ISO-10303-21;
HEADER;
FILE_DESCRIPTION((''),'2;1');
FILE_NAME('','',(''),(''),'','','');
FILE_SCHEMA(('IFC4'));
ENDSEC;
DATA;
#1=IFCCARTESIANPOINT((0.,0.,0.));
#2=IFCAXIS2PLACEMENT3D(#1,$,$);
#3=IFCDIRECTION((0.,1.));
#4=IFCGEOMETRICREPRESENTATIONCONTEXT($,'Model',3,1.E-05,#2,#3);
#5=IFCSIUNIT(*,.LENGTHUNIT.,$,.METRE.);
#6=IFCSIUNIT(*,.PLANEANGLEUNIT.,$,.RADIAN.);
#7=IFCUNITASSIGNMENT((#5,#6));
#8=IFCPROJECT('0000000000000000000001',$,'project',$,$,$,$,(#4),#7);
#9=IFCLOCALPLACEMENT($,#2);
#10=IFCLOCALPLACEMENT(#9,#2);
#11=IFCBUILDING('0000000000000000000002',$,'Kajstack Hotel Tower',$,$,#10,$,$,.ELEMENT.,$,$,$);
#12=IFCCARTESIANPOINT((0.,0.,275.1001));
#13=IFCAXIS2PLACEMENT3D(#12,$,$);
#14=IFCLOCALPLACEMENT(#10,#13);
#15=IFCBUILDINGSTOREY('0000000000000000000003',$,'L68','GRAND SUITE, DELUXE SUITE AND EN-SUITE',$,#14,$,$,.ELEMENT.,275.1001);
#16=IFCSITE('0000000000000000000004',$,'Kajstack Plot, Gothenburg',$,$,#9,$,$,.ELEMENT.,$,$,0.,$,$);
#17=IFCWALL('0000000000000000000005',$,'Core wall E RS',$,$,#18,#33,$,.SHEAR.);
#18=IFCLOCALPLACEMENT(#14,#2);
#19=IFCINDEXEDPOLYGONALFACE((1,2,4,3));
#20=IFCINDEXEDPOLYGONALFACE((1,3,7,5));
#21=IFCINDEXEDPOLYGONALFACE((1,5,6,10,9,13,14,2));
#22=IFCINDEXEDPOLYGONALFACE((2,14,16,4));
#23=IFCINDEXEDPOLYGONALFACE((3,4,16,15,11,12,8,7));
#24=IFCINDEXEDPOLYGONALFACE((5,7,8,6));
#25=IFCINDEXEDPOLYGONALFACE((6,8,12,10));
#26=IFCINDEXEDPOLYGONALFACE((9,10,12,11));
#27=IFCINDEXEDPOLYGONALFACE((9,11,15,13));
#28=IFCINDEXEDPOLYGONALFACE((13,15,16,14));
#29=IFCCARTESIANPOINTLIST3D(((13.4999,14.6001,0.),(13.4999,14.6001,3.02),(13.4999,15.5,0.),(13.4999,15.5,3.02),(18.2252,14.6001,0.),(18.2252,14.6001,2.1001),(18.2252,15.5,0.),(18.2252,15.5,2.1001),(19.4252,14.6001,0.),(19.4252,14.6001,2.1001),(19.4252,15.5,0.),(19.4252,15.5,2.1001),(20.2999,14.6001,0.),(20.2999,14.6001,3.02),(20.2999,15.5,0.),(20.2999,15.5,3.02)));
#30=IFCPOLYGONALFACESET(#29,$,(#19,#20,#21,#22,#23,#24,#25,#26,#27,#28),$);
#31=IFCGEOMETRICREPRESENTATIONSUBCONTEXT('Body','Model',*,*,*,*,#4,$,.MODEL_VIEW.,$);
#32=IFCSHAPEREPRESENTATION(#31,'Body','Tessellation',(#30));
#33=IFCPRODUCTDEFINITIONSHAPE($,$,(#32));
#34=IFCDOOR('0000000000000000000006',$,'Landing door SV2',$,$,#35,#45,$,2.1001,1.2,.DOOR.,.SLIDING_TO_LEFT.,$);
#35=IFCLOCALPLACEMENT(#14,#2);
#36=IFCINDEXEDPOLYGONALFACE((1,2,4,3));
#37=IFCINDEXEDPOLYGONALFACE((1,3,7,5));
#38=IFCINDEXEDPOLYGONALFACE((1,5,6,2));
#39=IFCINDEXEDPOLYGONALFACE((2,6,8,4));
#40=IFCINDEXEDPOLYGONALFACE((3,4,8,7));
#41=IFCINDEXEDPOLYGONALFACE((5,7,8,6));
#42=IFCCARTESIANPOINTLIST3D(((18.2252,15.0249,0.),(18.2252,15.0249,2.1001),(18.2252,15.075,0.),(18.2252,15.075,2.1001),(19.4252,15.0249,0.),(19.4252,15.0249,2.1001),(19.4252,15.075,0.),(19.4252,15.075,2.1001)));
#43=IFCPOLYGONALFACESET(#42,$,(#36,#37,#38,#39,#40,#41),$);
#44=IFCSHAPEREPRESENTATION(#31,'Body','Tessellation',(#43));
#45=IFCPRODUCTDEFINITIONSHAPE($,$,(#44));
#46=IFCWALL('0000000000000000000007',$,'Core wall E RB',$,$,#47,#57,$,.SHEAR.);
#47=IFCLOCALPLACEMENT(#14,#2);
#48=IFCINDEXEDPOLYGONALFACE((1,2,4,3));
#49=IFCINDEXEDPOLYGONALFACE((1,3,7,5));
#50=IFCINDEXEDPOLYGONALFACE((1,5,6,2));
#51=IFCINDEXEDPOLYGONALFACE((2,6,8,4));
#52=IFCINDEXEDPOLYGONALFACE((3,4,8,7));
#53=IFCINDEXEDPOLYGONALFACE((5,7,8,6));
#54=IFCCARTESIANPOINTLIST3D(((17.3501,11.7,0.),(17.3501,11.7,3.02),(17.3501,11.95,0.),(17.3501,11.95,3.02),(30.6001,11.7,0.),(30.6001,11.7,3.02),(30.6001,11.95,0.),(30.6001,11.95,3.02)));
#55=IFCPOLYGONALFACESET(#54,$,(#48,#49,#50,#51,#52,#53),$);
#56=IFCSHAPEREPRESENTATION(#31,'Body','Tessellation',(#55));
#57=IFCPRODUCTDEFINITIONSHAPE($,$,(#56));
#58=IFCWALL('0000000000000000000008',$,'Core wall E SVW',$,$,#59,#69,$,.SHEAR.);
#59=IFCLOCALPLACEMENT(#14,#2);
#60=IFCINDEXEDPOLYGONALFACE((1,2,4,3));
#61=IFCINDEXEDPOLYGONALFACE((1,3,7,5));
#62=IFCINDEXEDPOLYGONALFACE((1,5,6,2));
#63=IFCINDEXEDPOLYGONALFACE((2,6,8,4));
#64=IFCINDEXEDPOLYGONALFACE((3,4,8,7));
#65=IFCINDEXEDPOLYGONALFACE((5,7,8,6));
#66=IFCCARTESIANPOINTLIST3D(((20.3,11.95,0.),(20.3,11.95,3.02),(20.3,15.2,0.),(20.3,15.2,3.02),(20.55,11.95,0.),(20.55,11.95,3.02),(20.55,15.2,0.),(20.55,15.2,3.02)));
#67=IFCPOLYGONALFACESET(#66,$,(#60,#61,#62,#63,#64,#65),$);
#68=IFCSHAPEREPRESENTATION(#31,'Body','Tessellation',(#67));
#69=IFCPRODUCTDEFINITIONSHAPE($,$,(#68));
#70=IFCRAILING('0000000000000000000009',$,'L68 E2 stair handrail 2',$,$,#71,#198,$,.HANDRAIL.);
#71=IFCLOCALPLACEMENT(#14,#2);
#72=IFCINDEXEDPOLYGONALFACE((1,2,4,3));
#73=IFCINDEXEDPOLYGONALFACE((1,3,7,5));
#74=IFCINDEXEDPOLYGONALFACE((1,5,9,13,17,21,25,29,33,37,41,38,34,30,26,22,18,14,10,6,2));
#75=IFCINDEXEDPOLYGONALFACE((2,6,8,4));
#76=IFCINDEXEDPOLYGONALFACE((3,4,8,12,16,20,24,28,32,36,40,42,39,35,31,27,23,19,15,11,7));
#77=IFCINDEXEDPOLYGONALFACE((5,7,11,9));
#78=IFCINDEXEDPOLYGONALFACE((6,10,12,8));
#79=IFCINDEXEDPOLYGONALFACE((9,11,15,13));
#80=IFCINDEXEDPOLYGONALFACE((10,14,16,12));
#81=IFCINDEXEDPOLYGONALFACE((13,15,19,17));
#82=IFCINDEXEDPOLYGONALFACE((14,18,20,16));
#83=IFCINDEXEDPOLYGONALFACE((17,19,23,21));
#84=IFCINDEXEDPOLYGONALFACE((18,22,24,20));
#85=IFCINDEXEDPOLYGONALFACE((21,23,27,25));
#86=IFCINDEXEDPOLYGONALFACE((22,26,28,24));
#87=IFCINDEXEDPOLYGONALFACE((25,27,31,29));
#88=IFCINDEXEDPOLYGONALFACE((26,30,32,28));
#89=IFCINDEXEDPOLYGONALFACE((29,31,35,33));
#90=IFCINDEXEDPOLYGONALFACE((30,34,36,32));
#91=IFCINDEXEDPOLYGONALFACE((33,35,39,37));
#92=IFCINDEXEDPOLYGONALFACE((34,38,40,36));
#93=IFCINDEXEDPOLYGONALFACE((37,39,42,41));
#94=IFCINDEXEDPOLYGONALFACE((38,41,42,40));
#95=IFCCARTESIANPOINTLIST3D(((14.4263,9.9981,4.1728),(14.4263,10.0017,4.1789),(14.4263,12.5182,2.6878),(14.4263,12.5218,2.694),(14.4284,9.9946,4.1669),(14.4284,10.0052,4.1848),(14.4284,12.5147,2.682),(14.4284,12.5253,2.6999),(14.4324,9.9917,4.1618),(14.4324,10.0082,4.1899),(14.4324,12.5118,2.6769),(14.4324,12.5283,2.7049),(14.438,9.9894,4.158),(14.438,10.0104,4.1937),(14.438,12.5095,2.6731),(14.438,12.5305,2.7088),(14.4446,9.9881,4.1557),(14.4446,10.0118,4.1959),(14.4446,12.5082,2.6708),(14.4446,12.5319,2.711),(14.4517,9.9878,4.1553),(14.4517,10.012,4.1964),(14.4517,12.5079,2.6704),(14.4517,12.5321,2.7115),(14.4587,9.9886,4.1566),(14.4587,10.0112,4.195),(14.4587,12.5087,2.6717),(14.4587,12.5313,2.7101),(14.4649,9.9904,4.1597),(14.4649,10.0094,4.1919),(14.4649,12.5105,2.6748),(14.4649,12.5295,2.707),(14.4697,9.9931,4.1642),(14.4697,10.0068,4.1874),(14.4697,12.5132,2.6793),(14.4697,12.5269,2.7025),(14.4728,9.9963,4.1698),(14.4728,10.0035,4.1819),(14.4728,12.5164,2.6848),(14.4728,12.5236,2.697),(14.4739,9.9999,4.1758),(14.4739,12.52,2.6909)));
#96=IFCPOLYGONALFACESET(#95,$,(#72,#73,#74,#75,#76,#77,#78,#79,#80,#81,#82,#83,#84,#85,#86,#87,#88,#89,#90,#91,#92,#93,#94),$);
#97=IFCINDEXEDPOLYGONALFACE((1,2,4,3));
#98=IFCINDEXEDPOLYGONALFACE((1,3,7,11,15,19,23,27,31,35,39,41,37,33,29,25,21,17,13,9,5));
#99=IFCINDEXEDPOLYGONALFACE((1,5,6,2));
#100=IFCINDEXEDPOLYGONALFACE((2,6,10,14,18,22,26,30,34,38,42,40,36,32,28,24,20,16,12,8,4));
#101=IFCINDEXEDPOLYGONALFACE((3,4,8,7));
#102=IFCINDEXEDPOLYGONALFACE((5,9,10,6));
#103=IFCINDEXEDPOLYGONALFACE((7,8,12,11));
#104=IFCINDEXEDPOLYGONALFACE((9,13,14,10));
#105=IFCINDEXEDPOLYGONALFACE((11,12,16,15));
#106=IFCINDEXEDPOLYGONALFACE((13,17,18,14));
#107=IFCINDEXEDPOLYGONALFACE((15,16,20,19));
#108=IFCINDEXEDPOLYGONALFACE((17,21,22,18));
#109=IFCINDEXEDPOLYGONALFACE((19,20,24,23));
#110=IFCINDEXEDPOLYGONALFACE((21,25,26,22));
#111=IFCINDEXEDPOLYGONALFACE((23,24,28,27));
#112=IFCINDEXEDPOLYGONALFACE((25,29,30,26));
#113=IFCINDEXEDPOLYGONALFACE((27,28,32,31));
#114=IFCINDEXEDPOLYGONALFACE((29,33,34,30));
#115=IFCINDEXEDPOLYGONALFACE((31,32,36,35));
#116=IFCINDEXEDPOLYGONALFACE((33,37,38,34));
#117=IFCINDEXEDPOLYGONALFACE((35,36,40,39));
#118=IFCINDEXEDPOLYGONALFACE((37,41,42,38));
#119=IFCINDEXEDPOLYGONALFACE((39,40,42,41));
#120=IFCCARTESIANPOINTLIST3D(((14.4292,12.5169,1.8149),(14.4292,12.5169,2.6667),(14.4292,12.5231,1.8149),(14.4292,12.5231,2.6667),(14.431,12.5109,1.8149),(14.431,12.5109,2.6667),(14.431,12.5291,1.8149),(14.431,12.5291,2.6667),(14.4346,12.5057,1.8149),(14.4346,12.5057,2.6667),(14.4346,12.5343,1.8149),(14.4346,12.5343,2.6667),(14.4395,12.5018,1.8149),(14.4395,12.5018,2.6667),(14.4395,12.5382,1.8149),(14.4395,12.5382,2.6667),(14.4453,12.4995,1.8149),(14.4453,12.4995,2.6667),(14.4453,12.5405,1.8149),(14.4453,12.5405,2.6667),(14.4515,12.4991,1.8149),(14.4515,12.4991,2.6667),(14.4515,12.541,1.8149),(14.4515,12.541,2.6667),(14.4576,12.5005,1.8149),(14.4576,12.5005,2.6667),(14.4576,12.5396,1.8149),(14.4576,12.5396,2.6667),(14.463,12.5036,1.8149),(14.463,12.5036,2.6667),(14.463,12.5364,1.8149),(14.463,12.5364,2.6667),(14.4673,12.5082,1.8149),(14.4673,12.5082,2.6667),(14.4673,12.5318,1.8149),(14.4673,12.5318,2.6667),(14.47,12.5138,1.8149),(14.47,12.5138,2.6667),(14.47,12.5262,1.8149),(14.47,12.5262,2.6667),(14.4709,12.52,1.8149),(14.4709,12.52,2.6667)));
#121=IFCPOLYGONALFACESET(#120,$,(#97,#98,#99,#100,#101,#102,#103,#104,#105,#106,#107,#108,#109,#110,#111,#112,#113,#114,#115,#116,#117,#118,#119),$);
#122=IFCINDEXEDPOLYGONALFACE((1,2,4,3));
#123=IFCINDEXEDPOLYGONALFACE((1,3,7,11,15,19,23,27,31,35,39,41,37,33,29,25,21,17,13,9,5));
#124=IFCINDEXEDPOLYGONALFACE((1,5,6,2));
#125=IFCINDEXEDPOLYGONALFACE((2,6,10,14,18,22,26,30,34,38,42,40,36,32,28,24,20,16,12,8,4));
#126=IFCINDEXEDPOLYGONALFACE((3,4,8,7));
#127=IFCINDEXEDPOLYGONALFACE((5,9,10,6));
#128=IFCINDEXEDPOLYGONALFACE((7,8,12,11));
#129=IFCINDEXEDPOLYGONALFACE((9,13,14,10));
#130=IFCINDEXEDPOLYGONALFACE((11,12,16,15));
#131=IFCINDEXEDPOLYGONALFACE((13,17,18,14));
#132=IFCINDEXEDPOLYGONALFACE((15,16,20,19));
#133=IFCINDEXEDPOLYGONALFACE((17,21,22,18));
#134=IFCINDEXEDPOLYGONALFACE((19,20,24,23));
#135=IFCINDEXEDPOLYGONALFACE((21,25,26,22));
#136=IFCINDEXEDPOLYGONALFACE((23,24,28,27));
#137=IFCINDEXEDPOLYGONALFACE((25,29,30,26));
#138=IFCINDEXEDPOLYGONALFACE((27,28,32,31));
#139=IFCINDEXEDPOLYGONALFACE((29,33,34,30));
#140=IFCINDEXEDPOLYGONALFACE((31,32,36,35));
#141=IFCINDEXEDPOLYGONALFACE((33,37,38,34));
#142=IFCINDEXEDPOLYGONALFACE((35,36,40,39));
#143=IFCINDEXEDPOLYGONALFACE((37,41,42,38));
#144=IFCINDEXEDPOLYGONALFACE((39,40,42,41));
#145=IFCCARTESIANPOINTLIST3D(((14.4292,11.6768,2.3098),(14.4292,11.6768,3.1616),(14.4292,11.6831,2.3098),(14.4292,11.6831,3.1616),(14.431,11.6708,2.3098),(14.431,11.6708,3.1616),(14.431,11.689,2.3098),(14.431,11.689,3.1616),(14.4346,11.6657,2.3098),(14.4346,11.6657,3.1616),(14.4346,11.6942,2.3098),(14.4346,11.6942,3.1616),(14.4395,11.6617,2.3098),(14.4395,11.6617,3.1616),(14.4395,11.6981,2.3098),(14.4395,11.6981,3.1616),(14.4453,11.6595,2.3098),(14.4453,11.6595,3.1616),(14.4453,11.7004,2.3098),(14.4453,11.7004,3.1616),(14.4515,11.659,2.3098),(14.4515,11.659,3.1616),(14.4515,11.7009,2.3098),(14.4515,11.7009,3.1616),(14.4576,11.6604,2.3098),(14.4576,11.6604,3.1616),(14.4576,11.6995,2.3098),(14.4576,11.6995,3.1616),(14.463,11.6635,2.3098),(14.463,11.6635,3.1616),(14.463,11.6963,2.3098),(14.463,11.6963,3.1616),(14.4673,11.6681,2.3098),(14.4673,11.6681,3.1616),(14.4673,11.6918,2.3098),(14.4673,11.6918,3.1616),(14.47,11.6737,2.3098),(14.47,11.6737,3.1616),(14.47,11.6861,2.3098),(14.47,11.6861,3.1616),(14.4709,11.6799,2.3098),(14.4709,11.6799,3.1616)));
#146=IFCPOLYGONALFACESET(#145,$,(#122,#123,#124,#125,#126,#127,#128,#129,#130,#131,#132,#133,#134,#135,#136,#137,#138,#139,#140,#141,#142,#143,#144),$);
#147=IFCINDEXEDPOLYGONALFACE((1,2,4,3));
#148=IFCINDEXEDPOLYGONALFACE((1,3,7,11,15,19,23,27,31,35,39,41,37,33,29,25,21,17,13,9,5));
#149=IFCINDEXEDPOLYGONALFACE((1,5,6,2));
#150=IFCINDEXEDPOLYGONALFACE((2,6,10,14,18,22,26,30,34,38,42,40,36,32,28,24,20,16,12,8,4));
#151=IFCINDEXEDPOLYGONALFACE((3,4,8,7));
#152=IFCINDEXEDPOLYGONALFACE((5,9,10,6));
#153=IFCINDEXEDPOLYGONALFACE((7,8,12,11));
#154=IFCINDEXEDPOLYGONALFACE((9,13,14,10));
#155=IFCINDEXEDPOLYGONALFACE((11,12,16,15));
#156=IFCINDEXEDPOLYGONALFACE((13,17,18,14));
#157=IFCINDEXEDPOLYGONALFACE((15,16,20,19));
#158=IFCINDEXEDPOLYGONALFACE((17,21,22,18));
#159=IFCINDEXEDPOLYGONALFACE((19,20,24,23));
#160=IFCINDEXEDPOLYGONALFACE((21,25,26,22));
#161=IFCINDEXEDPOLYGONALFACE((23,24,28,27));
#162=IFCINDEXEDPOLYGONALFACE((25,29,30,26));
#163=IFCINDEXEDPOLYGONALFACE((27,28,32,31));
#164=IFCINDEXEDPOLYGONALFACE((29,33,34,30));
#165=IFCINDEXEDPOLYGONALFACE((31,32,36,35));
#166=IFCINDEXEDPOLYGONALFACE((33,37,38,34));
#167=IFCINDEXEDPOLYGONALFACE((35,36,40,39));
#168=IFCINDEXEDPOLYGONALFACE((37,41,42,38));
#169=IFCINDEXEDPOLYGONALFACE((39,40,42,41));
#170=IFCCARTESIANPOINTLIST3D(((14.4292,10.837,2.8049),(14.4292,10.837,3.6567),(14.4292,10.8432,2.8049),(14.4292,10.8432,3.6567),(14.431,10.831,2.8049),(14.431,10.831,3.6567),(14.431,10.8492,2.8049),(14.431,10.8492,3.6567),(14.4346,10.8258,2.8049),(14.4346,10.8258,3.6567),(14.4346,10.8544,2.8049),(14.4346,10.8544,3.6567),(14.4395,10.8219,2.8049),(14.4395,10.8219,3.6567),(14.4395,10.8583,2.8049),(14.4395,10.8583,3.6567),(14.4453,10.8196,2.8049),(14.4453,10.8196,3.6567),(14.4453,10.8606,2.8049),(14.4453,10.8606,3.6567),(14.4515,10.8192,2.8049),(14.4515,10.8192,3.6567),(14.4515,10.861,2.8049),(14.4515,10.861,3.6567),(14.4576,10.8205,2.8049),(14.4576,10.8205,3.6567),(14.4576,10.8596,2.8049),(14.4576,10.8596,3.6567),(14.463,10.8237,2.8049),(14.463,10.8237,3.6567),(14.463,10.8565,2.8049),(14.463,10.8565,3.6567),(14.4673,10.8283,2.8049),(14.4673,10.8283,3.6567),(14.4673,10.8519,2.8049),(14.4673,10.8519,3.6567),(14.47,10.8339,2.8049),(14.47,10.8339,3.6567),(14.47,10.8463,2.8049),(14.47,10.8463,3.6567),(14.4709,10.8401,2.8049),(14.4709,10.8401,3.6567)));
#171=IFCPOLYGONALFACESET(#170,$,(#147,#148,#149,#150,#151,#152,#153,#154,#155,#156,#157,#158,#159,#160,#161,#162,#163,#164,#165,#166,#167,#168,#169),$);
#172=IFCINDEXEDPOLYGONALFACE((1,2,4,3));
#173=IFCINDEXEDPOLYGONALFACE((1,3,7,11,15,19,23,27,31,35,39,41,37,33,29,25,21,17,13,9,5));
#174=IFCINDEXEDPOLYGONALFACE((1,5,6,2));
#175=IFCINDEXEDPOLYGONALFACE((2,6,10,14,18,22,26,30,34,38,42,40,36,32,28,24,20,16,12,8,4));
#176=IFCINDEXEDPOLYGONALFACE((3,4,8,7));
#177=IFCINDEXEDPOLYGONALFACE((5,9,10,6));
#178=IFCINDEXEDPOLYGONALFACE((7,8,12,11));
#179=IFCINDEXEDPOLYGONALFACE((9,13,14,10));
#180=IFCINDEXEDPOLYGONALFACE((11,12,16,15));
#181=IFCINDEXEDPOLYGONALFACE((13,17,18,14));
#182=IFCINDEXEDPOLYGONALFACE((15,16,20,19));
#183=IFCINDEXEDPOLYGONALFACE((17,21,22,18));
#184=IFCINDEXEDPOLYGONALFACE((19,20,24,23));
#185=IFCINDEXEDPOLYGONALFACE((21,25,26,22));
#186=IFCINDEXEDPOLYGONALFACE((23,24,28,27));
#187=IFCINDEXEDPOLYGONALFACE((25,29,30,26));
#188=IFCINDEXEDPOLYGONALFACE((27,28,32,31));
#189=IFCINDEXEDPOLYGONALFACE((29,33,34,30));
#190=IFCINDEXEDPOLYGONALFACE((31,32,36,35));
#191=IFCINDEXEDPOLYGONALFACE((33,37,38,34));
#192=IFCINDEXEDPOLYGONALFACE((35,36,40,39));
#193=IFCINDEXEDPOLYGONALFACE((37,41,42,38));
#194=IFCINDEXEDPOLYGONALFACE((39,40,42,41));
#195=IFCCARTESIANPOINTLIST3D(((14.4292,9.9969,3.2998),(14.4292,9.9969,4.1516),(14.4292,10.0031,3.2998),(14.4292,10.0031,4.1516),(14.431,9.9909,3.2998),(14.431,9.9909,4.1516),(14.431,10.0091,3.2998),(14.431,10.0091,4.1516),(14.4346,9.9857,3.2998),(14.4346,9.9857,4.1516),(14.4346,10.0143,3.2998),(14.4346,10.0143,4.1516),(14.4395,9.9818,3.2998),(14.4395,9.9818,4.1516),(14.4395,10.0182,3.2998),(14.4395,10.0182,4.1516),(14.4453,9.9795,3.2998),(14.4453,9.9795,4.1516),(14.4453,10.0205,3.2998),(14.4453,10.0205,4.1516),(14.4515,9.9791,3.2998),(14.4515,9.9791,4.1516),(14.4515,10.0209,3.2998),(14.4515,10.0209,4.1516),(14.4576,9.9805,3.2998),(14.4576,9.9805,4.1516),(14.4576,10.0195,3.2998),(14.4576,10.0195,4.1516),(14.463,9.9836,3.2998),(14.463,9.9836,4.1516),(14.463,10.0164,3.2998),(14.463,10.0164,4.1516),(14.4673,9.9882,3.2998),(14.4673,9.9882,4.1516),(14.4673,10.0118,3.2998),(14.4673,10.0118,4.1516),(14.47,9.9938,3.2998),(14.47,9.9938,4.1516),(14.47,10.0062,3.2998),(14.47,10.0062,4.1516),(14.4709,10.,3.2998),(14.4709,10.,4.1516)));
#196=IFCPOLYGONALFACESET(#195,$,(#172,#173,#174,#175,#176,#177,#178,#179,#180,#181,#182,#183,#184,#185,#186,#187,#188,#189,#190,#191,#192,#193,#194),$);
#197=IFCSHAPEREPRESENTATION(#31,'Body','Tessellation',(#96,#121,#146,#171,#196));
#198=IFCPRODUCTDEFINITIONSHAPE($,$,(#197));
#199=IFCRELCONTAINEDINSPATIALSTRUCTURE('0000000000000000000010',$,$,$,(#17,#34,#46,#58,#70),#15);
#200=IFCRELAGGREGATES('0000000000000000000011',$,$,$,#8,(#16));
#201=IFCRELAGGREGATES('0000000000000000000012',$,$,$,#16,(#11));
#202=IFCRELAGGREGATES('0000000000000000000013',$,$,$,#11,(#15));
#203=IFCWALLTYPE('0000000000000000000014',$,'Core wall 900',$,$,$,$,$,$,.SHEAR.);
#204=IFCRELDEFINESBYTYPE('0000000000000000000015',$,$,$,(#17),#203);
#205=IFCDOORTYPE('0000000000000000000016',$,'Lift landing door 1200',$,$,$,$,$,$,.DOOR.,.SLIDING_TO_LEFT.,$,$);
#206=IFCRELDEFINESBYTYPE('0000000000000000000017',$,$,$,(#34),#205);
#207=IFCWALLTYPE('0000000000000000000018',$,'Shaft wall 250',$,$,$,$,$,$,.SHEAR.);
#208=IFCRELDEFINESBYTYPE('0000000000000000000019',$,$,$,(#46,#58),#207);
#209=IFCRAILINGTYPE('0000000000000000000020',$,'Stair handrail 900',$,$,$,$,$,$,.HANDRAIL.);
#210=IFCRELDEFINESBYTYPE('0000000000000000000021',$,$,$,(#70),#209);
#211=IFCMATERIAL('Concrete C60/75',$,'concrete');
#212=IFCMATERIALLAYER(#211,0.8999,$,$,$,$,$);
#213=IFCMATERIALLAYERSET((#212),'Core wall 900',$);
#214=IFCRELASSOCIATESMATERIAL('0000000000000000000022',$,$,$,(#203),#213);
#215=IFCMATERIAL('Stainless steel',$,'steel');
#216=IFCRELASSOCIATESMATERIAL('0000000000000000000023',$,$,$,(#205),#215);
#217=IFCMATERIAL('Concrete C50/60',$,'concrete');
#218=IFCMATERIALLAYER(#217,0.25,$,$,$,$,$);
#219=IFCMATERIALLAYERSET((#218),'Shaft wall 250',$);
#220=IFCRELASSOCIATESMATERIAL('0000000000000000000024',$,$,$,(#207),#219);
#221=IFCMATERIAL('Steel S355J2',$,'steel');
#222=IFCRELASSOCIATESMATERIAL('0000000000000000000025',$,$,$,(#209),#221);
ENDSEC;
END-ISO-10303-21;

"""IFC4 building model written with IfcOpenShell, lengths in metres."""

from ifc_helpers import new_model, si_unit, direction, frame, frame_2d, origin, origin_2d, place, context, subcontext, project, spatial, rectangle, circle, extrude, material, layer, layer_set, type_object, element, fill, save


model = new_model("IFC4")

# Units and contexts
model_context = context("Model", 3, precision=1e-05, world=origin(), true_north=direction((0.0, 1.0)))
body_context = subcontext(model_context, "Body", "Model", "MODEL_VIEW")
ifc_project = project(units=[si_unit("LENGTHUNIT", "METRE"), si_unit("PLANEANGLEUNIT", "RADIAN")], contexts=[model_context])

# Site, building, storey
site_placement = place(None, origin())
site = spatial("IfcSite", under=ifc_project, at=site_placement, Name="Kajstack Plot, Gothenburg", CompositionType="ELEMENT", RefElevation=0.0)
building_placement = place(site_placement, origin())
building = spatial("IfcBuilding", under=site, at=building_placement, Name="Kajstack Hotel Tower", CompositionType="ELEMENT")
storey_placement = place(building_placement, frame((0.0, 0.0, 275.1001)))
storey = spatial("IfcBuildingStorey", under=building, at=storey_placement, Name="L68", Description="GRAND SUITE, DELUXE SUITE AND EN-SUITE", CompositionType="ELEMENT", Elevation=275.1001)

# Wall, opening, door
ifc_material_1 = material(Name="Concrete C60/75", Category="concrete")
ifc_layer_1 = layer(ifc_material_1, 0.8999)
ifc_layer_set_1 = layer_set([ifc_layer_1], Name="Core wall 900")
wall_type_1 = type_object("IfcWallType", Name="Core wall 900", PredefinedType="SHEAR", material=ifc_layer_set_1)
wall_1_placement = place(storey_placement, frame((13.5, 15.05, 0.0), z_axis=(0.0, 0.0, 1.0), x_axis=(1.0, 0.0, 0.0)))
wall_1 = element("IfcWall", 1, at=wall_1_placement, inside=storey, type_object=wall_type_1, Name="Core wall E RS", PredefinedType="SHEAR", context=body_context, shape_type="SweptSolid", body=[
    extrude(rectangle(XDim=6.8, YDim=0.8999, at=frame_2d((3.3999, 0.0))), origin(), (0.0, 0.0, 1.0), 3.02),
])
opening_placement = place(wall_1_placement, frame((4.7251, 0.0, 0.0)))
opening = element("IfcOpeningElement", 2, at=opening_placement, cuts=wall_1, PredefinedType="OPENING", context=body_context, shape_type="SweptSolid", body=[
    extrude(rectangle(XDim=1.2, YDim=2.1001, at=frame_2d((0.6001, 1.05))), frame((0.0, 0.46, 0.0), z_axis=(0.0, -1.0, 0.0), x_axis=(1.0, 0.0, 0.0)), (0.0, 0.0, 1.0), 0.9199),
])
ifc_material_2 = material(Name="Stainless steel", Category="steel")
door_type = type_object("IfcDoorType", Name="Lift landing door 1200", OperationType="SLIDING_TO_LEFT", PredefinedType="DOOR", material=ifc_material_2)
door_placement = place(opening_placement, origin())
door = element("IfcDoor", 3, at=door_placement, inside=storey, type_object=door_type, Name="Landing door SV2", OperationType="SLIDING_TO_LEFT", OverallHeight=2.1001, OverallWidth=1.2, PredefinedType="DOOR", context=body_context, shape_type="SweptSolid", body=[
    extrude(rectangle(XDim=1.2, YDim=2.1001, at=frame_2d((0.6001, 1.05))), frame((0.0, 0.0249, 0.0), z_axis=(0.0, -1.0, 0.0), x_axis=(1.0, 0.0, 0.0)), (0.0, 0.0, 1.0), 0.05),
])
fill(opening, door)

# Walls
ifc_material_3 = material(Name="Concrete C50/60", Category="concrete")
ifc_layer_2 = layer(ifc_material_3, 0.25)
ifc_layer_set_2 = layer_set([ifc_layer_2], Name="Shaft wall 250")
wall_type_2 = type_object("IfcWallType", Name="Shaft wall 250", PredefinedType="SHEAR", material=ifc_layer_set_2)
wall_2_placement = place(storey_placement, frame((17.3501, 11.825, 0.0), z_axis=(0.0, 0.0, 1.0), x_axis=(1.0, 0.0, 0.0)))
element("IfcWall", 4, at=wall_2_placement, inside=storey, type_object=wall_type_2, Name="Core wall E RB", PredefinedType="SHEAR", context=body_context, shape_type="SweptSolid", body=[
    extrude(rectangle(XDim=13.25, YDim=0.25, at=frame_2d((6.625, 0.0))), origin(), (0.0, 0.0, 1.0), 3.02),
])
wall_3_placement = place(storey_placement, frame((20.425, 11.95, 0.0), z_axis=(0.0, 0.0, 1.0), x_axis=(0.0, 1.0, 0.0)))
element("IfcWall", 5, at=wall_3_placement, inside=storey, type_object=wall_type_2, Name="Core wall E SVW", PredefinedType="SHEAR", context=body_context, shape_type="SweptSolid", body=[
    extrude(rectangle(XDim=3.25, YDim=0.25, at=frame_2d((1.625, 0.0))), origin(), (0.0, 0.0, 1.0), 3.02),
])

# Railing
ifc_material_4 = material(Name="Steel S355J2", Category="steel")
railing_type = type_object("IfcRailingType", Name="Stair handrail 900", PredefinedType="HANDRAIL", material=ifc_material_4)
railing_placement = place(storey_placement, frame((14.45, 12.52, 1.8149)))
element("IfcRailing", 6, at=railing_placement, inside=storey, type_object=railing_type, Name="L68 E2 stair handrail 2", PredefinedType="HANDRAIL", context=body_context, shape_type="SweptSolid", body=[
    extrude(circle(Radius=0.0239, at=origin_2d()), frame((0.0, 0.0, 0.876), z_axis=(0.0, -0.861561, 0.507655), x_axis=(1.0, 0.0, 0.0)), (0.0, 0.0, 1.0), 2.925),
    extrude(circle(Radius=0.021, at=origin_2d()), origin(), (0.0, 0.0, 1.0), 0.8518),
    extrude(circle(Radius=0.021, at=origin_2d()), frame((0.0, -0.8401, 0.4949)), (0.0, 0.0, 1.0), 0.8518),
    extrude(circle(Radius=0.021, at=origin_2d()), frame((0.0, -1.6799, 0.99)), (0.0, 0.0, 1.0), 0.8518),
    extrude(circle(Radius=0.021, at=origin_2d()), frame((0.0, -2.52, 1.4849)), (0.0, 0.0, 1.0), 0.8518),
])

save(model, "model.ifc")
